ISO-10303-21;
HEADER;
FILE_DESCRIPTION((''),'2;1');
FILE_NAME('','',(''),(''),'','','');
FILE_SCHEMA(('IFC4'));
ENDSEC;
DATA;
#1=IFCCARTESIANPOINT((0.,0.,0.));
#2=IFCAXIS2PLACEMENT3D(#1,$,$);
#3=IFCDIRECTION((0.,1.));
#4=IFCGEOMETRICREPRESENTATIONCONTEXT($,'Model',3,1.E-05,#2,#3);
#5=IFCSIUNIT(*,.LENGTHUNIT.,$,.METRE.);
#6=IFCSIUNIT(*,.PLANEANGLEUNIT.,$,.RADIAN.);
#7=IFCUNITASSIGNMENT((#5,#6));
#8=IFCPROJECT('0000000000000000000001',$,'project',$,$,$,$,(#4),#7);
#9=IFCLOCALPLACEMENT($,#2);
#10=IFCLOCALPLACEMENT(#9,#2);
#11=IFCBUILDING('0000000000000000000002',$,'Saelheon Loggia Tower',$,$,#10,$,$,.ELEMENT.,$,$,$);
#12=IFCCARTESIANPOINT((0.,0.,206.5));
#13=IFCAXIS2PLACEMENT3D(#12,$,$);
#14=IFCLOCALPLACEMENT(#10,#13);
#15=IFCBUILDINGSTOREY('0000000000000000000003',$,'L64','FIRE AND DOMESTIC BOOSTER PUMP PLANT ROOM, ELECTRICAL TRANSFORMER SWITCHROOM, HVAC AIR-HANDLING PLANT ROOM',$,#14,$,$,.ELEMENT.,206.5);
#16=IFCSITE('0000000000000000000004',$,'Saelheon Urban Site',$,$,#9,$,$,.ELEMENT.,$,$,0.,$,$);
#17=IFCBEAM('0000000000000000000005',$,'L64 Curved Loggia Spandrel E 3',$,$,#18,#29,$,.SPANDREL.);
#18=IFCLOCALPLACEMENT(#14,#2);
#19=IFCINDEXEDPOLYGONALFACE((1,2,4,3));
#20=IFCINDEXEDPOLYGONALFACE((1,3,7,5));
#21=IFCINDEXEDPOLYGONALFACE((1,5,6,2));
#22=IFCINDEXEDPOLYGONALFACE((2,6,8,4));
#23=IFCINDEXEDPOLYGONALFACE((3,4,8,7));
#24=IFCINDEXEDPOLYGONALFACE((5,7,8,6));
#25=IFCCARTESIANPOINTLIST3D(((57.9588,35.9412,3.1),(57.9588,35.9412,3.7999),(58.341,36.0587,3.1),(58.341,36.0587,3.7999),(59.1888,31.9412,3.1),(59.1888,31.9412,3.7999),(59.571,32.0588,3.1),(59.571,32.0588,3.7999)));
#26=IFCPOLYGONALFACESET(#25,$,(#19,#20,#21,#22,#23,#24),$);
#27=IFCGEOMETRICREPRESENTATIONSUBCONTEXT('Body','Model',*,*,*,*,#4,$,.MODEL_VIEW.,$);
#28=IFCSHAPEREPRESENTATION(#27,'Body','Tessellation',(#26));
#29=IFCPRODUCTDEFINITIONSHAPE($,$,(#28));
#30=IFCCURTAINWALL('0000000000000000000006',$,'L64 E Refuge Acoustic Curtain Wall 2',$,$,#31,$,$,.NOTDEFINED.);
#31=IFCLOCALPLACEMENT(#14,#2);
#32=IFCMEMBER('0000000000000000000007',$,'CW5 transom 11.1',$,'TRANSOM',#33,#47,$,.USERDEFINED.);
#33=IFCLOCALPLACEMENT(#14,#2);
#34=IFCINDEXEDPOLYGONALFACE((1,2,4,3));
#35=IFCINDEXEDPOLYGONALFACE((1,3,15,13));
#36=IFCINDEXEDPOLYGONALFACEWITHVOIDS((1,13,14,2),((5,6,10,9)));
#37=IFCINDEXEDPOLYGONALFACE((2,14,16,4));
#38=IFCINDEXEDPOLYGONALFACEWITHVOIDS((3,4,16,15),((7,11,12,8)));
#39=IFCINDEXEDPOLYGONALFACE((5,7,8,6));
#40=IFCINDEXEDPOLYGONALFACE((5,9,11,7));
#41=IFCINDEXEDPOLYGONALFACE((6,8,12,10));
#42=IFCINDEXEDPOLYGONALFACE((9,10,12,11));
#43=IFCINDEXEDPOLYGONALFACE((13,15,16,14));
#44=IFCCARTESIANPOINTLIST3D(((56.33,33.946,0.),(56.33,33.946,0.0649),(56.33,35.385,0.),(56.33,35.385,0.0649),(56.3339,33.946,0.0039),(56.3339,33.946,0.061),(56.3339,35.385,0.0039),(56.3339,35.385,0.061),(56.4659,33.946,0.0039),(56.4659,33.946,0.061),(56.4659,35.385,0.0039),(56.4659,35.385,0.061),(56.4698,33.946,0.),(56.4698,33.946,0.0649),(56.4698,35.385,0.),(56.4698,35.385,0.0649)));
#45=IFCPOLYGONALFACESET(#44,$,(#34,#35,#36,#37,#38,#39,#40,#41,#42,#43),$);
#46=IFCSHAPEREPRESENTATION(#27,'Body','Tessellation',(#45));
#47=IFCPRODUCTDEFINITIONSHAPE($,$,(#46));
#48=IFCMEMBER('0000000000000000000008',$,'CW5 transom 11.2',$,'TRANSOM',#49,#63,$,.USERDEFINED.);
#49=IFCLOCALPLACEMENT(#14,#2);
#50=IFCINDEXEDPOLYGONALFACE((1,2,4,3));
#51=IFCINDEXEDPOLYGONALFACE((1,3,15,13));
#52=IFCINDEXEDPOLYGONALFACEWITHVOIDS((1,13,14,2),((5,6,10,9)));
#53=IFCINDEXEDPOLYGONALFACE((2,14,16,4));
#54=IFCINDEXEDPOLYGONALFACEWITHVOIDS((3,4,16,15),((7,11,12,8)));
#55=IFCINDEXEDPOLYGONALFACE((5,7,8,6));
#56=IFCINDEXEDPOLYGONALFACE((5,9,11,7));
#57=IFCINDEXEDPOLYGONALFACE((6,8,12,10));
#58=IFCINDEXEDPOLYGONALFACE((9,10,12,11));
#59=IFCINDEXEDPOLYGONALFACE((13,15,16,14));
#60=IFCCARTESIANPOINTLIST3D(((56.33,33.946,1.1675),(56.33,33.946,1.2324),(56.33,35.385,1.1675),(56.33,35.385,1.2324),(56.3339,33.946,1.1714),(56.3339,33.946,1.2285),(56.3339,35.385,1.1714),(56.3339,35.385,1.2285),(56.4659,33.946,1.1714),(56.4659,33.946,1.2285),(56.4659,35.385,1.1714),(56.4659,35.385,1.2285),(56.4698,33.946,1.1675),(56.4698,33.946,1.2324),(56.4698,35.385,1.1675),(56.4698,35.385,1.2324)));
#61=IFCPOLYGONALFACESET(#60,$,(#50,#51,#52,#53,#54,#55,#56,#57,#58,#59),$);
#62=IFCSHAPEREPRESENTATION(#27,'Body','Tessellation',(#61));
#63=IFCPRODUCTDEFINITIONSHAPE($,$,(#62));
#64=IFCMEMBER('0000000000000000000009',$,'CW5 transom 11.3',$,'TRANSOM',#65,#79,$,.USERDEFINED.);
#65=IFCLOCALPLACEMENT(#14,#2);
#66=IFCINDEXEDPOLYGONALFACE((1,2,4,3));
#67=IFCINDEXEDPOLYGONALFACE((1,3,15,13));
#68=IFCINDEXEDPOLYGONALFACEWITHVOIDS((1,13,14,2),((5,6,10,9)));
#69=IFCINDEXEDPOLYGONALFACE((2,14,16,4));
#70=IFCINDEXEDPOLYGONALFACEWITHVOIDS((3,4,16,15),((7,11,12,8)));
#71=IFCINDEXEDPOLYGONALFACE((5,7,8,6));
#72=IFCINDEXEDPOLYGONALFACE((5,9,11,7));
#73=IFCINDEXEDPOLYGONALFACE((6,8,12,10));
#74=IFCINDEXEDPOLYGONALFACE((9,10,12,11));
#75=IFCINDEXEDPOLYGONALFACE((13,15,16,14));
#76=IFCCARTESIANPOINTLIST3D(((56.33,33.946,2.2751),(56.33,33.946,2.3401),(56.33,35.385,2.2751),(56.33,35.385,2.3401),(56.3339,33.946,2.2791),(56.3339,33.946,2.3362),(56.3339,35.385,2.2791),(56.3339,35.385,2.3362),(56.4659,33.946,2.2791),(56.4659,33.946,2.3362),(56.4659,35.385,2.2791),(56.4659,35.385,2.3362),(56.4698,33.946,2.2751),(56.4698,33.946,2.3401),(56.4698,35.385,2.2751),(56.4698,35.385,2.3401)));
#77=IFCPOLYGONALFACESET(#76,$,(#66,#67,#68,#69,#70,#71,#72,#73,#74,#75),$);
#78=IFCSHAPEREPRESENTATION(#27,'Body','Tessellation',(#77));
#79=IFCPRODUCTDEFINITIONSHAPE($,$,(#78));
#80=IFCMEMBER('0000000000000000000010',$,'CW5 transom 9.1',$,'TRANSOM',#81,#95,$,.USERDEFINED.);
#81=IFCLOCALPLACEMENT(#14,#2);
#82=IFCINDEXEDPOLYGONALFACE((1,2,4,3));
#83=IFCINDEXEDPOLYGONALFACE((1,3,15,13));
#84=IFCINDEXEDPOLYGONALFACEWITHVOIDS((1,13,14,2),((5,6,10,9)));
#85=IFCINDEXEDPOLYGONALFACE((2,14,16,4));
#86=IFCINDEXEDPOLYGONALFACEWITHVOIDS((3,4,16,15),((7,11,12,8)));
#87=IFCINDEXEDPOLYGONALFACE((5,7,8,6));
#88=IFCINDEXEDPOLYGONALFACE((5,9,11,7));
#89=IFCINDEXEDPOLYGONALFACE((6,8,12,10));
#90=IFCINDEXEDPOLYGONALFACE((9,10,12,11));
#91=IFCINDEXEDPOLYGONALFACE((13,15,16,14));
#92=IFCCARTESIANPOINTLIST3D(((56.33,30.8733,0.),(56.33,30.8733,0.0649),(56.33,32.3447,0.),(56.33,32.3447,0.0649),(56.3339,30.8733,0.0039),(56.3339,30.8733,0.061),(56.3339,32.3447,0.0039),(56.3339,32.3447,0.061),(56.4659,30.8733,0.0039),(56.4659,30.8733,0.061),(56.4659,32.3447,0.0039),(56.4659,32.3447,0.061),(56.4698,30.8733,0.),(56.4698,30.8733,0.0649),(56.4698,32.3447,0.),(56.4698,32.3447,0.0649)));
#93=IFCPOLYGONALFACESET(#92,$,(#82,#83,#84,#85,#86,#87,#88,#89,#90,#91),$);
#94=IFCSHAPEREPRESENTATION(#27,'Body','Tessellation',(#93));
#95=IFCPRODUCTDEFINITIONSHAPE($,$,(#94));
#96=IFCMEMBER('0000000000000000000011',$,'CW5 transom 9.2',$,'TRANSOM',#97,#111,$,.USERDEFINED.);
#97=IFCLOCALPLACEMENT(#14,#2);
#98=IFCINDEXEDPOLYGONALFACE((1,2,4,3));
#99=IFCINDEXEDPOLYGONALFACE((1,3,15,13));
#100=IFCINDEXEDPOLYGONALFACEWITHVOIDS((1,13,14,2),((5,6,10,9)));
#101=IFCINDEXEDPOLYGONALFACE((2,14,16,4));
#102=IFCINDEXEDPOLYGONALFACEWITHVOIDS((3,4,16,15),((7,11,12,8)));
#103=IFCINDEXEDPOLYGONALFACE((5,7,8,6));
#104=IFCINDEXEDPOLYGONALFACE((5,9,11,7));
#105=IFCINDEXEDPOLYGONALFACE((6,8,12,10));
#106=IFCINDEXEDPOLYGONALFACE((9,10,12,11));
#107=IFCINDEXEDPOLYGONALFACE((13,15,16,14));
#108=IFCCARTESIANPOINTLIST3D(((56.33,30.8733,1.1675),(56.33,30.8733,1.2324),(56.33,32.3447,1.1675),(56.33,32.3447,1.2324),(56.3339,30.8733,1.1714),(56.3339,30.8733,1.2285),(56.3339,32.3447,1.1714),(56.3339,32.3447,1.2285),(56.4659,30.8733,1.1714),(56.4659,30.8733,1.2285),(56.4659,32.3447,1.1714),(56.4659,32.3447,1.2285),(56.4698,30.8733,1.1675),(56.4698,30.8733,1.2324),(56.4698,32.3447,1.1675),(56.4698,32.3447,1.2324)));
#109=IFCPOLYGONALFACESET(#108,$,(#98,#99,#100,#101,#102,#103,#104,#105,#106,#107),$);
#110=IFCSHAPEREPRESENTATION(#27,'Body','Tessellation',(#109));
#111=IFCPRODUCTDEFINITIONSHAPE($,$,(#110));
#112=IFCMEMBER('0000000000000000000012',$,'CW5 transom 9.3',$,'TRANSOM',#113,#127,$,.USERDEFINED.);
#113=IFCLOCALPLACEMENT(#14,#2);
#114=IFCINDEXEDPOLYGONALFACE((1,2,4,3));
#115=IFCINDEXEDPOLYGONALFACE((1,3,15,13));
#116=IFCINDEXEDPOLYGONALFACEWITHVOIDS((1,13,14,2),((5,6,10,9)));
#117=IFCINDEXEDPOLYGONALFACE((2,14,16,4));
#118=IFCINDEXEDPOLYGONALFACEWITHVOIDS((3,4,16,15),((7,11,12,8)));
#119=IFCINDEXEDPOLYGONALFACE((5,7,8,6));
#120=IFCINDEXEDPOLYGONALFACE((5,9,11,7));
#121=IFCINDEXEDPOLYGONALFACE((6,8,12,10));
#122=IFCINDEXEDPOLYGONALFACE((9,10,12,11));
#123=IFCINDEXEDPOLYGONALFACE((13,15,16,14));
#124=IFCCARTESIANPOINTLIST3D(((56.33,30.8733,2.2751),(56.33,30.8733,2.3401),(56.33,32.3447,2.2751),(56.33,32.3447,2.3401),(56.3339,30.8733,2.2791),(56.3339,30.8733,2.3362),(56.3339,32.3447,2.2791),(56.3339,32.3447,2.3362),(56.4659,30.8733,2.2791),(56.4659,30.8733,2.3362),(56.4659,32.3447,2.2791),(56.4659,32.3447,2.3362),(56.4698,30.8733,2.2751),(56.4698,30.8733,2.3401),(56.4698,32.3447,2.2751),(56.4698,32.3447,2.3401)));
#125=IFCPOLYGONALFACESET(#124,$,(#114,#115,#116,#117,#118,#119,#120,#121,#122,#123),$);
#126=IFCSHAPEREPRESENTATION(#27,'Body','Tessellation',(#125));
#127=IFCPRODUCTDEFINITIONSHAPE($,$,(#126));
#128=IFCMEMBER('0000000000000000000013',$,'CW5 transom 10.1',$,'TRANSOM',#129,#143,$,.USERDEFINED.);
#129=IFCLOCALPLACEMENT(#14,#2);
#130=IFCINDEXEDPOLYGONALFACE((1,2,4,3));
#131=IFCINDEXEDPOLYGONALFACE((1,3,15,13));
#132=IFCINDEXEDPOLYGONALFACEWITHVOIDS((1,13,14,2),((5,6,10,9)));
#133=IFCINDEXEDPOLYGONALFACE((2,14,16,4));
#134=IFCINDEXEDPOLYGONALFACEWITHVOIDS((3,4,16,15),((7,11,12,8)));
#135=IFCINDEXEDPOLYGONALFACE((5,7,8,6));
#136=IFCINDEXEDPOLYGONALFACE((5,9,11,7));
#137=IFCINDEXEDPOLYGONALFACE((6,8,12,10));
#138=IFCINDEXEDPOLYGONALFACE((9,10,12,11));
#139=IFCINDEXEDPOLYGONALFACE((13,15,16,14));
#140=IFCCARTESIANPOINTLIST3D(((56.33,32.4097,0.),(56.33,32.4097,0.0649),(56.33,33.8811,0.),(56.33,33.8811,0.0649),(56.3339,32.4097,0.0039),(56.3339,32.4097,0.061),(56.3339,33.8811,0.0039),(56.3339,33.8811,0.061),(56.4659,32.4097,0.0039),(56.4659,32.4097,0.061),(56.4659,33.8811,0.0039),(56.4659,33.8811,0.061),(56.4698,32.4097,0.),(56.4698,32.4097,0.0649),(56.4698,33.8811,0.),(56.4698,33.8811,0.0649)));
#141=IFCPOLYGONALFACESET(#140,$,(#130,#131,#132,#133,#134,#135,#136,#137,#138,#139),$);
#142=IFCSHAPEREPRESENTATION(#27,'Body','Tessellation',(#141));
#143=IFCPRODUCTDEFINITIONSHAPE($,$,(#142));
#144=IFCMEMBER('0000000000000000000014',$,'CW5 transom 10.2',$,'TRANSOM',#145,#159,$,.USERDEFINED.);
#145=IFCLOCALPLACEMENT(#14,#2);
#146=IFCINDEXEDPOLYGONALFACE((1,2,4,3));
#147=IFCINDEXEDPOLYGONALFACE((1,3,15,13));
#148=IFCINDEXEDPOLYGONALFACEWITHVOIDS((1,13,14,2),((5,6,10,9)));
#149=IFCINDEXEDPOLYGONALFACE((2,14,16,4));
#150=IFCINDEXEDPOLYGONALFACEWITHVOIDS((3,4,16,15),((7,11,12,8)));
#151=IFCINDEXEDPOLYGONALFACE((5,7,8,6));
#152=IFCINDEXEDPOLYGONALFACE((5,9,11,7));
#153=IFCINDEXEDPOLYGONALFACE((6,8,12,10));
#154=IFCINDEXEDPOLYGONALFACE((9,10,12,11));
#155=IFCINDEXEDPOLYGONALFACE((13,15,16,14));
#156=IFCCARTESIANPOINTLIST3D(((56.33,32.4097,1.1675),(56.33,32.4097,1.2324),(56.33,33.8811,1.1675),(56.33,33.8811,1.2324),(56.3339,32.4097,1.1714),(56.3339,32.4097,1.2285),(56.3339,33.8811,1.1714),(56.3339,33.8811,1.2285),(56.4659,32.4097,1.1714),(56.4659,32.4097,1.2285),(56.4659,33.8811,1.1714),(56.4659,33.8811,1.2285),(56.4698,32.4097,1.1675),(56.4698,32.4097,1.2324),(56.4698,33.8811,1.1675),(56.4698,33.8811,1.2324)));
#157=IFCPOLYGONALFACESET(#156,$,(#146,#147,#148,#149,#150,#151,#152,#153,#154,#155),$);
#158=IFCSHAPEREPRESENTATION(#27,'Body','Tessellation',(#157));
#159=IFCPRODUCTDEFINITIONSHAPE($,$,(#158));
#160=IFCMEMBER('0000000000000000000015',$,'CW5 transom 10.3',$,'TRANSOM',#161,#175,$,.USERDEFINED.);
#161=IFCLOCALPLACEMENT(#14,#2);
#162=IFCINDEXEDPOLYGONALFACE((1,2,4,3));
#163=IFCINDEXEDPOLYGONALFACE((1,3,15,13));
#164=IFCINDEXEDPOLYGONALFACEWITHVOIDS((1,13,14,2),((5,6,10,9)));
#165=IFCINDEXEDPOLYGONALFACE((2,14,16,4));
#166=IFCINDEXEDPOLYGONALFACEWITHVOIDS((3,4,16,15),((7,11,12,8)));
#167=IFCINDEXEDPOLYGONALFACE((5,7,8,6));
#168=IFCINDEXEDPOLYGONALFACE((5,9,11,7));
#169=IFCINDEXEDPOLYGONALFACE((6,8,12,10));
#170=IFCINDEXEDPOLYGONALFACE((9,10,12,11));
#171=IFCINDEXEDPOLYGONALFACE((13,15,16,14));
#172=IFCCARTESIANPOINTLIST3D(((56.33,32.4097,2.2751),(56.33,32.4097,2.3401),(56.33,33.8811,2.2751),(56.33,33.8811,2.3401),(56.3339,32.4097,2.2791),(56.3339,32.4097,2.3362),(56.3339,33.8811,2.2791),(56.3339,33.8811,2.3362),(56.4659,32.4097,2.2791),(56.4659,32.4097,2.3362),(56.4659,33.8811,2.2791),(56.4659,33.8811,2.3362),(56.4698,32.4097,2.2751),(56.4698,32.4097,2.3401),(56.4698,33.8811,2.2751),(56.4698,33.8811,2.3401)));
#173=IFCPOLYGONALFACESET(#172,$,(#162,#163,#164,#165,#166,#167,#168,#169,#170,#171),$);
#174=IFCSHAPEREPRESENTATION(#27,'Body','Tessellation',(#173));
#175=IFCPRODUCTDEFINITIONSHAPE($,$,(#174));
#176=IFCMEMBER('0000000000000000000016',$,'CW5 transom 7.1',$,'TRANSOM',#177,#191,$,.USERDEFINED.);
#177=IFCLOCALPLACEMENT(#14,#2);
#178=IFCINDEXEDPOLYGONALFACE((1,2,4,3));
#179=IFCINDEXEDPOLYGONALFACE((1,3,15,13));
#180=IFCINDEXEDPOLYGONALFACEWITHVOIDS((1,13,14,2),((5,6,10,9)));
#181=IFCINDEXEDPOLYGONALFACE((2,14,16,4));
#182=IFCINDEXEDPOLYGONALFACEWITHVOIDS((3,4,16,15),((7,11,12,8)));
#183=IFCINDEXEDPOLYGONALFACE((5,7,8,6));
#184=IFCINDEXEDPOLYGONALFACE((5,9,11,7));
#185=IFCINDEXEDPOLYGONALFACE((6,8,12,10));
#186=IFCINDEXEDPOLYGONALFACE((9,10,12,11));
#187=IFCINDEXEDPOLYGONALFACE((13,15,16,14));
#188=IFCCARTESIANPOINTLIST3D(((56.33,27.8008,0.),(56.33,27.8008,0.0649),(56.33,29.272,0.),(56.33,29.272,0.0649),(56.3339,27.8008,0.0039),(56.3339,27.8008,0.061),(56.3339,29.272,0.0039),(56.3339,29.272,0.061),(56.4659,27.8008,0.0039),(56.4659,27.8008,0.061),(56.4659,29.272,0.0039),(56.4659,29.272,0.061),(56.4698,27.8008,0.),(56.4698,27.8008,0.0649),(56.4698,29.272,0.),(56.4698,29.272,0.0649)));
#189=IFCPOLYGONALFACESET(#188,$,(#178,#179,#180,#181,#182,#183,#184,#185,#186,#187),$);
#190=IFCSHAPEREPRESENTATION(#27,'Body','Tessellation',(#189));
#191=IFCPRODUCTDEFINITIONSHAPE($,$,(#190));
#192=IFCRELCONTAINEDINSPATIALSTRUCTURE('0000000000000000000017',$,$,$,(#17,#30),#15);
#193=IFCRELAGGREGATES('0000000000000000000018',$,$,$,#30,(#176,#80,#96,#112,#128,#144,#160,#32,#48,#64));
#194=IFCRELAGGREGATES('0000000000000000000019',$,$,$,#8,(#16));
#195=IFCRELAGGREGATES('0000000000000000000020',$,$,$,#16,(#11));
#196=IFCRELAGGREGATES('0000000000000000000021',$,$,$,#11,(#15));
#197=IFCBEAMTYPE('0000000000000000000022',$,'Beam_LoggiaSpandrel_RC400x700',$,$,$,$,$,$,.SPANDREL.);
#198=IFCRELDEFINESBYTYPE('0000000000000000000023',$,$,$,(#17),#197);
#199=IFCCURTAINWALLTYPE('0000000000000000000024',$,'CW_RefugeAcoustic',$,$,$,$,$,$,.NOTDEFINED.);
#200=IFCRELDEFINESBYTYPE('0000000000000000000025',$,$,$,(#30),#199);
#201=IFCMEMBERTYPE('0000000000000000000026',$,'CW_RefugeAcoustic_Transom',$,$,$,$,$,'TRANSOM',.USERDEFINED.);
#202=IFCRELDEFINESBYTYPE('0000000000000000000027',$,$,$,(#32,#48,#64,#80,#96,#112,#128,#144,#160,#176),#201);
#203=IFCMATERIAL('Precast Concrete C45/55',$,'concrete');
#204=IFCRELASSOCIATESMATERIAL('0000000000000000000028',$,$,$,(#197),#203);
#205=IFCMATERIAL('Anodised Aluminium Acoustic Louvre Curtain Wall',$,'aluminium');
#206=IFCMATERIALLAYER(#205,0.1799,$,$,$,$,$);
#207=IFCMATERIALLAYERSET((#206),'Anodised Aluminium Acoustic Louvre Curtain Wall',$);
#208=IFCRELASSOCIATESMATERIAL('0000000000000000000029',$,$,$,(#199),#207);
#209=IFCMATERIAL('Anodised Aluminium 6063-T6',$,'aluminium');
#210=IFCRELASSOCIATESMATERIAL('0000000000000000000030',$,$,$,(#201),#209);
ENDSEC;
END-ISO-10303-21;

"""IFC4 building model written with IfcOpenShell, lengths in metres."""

from ifc_helpers import new_model, si_unit, direction, frame, origin, origin_2d, place, context, subcontext, project, spatial, rectangle, hollow_rectangle, extrude, source, transform, mapped, material, layer, layer_set, material_profile, profile_set, type_object, element, aggregate, save


model = new_model("IFC4")

# Units and contexts
model_context = context("Model", 3, precision=1e-05, world=origin(), true_north=direction((0.0, 1.0)))
body_context = subcontext(model_context, "Body", "Model", "MODEL_VIEW")
ifc_project = project(units=[si_unit("LENGTHUNIT", "METRE"), si_unit("PLANEANGLEUNIT", "RADIAN")], contexts=[model_context])

# Site, building, storey
site_placement = place(None, origin())
site = spatial("IfcSite", under=ifc_project, at=site_placement, Name="Saelheon Urban Site", CompositionType="ELEMENT", RefElevation=0.0)
building_placement = place(site_placement, origin())
building = spatial("IfcBuilding", under=site, at=building_placement, Name="Saelheon Loggia Tower", CompositionType="ELEMENT")
storey_placement = place(building_placement, frame((0.0, 0.0, 206.5)))
storey = spatial("IfcBuildingStorey", under=building, at=storey_placement, Name="L64", Description="FIRE AND DOMESTIC BOOSTER PUMP PLANT ROOM, ELECTRICAL TRANSFORMER SWITCHROOM, HVAC AIR-HANDLING PLANT ROOM", CompositionType="ELEMENT", Elevation=206.5)

# Beam
ifc_material_1 = material(Name="Precast Concrete C45/55", Category="concrete")
ifc_material_profile_1 = material_profile(ifc_material_1, rectangle(XDim=0.3999, YDim=0.7, at=origin_2d()), Name="RC-400x700")
ifc_profile_set_1 = profile_set([ifc_material_profile_1], Name="Precast Concrete C45/55")
beam_type = type_object("IfcBeamType", Name="Beam_LoggiaSpandrel_RC400x700", PredefinedType="SPANDREL", material=ifc_profile_set_1)
shared_shape_1 = source(origin(), body_context, "Body", "SweptSolid", [
    extrude(rectangle(XDim=0.3999, YDim=0.7, at=origin_2d()), origin(), (0.0, 0.0, 1.0), 4.1848),
])
beam_placement = place(storey_placement, frame((59.3799, 32.0, 3.45), z_axis=(-0.293914, 0.955832, 0.0), x_axis=(-0.955832, -0.293914, 0.0)))
element("IfcBeam", 1, at=beam_placement, inside=storey, type_object=beam_type, Name="L64 Curved Loggia Spandrel E 3", PredefinedType="SPANDREL", context=body_context, shape_type="MappedRepresentation", body=[
    mapped(shared_shape_1, transform((0.0, 0.0, 0.0), scale=1.0)),
])

# Curtain wall, members
ifc_material_2 = material(Name="Anodised Aluminium Acoustic Louvre Curtain Wall", Category="aluminium")
ifc_layer_1 = layer(ifc_material_2, 0.1799)
ifc_layer_set_1 = layer_set([ifc_layer_1], Name="Anodised Aluminium Acoustic Louvre Curtain Wall")
curtain_wall_type = type_object("IfcCurtainWallType", Name="CW_RefugeAcoustic", PredefinedType="NOTDEFINED", material=ifc_layer_set_1)
curtain_wall_placement = place(storey_placement, origin())
curtain_wall = element("IfcCurtainWall", 2, at=curtain_wall_placement, inside=storey, type_object=curtain_wall_type, Name="L64 E Refuge Acoustic Curtain Wall 2", PredefinedType="NOTDEFINED")
ifc_material_3 = material(Name="Anodised Aluminium 6063-T6", Category="aluminium")
ifc_material_profile_2 = material_profile(ifc_material_3, hollow_rectangle(XDim=0.0649, YDim=0.1399, WallThickness=0.0039, at=origin_2d()), Name="RHS-140x65x4")
ifc_profile_set_2 = profile_set([ifc_material_profile_2], Name="Anodised Aluminium 6063-T6")
member_type_1 = type_object("IfcMemberType", Name="CW_RefugeAcoustic_Transom", ElementType="TRANSOM", PredefinedType="USERDEFINED", material=ifc_profile_set_2)
shared_shape_2 = source(origin(), body_context, "Body", "SweptSolid", [
    extrude(hollow_rectangle(XDim=0.0649, YDim=0.1399, WallThickness=0.0039, at=origin_2d()), origin(), (0.0, 0.0, 1.0), 1.439),
])
member_1_placement = place(storey_placement, frame((56.3999, 33.946, 0.0325), z_axis=(0.0, 1.0, 0.0), x_axis=(0.0, 0.0, 1.0)))
member_1 = element("IfcMember", 3, at=member_1_placement, type_object=member_type_1, Name="CW5 transom 11.1", ObjectType="TRANSOM", PredefinedType="USERDEFINED", context=body_context, shape_type="MappedRepresentation", body=[
    mapped(shared_shape_2, transform((0.0, 0.0, 0.0), scale=1.0)),
])
member_2_placement = place(storey_placement, frame((56.3999, 33.946, 1.2), z_axis=(0.0, 1.0, 0.0), x_axis=(0.0, 0.0, 1.0)))
member_2 = element("IfcMember", 4, at=member_2_placement, type_object=member_type_1, Name="CW5 transom 11.2", ObjectType="TRANSOM", PredefinedType="USERDEFINED", context=body_context, shape_type="MappedRepresentation", body=[
    mapped(shared_shape_2, transform((0.0, 0.0, 0.0), scale=1.0)),
])
member_3_placement = place(storey_placement, frame((56.3999, 33.946, 2.3076), z_axis=(0.0, 1.0, 0.0), x_axis=(0.0, 0.0, 1.0)))
member_3 = element("IfcMember", 5, at=member_3_placement, type_object=member_type_1, Name="CW5 transom 11.3", ObjectType="TRANSOM", PredefinedType="USERDEFINED", context=body_context, shape_type="MappedRepresentation", body=[
    mapped(shared_shape_2, transform((0.0, 0.0, 0.0), scale=1.0)),
])
shared_shape_3 = source(origin(), body_context, "Body", "SweptSolid", [
    extrude(hollow_rectangle(XDim=0.0649, YDim=0.1399, WallThickness=0.0039, at=origin_2d()), origin(), (0.0, 0.0, 1.0), 1.4714),
])
member_4_placement = place(storey_placement, frame((56.3999, 30.8733, 0.0325), z_axis=(0.0, 1.0, 0.0), x_axis=(0.0, 0.0, 1.0)))
member_4 = element("IfcMember", 6, at=member_4_placement, type_object=member_type_1, Name="CW5 transom 9.1", ObjectType="TRANSOM", PredefinedType="USERDEFINED", context=body_context, shape_type="MappedRepresentation", body=[
    mapped(shared_shape_3, transform((0.0, 0.0, 0.0), scale=1.0)),
])
member_5_placement = place(storey_placement, frame((56.3999, 30.8733, 1.2), z_axis=(0.0, 1.0, 0.0), x_axis=(0.0, 0.0, 1.0)))
member_5 = element("IfcMember", 7, at=member_5_placement, type_object=member_type_1, Name="CW5 transom 9.2", ObjectType="TRANSOM", PredefinedType="USERDEFINED", context=body_context, shape_type="MappedRepresentation", body=[
    mapped(shared_shape_3, transform((0.0, 0.0, 0.0), scale=1.0)),
])
member_6_placement = place(storey_placement, frame((56.3999, 30.8733, 2.3076), z_axis=(0.0, 1.0, 0.0), x_axis=(0.0, 0.0, 1.0)))
member_6 = element("IfcMember", 8, at=member_6_placement, type_object=member_type_1, Name="CW5 transom 9.3", ObjectType="TRANSOM", PredefinedType="USERDEFINED", context=body_context, shape_type="MappedRepresentation", body=[
    mapped(shared_shape_3, transform((0.0, 0.0, 0.0), scale=1.0)),
])
member_7_placement = place(storey_placement, frame((56.3999, 32.4097, 0.0325), z_axis=(0.0, 1.0, 0.0), x_axis=(0.0, 0.0, 1.0)))
member_7 = element("IfcMember", 9, at=member_7_placement, type_object=member_type_1, Name="CW5 transom 10.1", ObjectType="TRANSOM", PredefinedType="USERDEFINED", context=body_context, shape_type="MappedRepresentation", body=[
    mapped(shared_shape_3, transform((0.0, 0.0, 0.0), scale=1.0)),
])
member_8_placement = place(storey_placement, frame((56.3999, 32.4097, 1.2), z_axis=(0.0, 1.0, 0.0), x_axis=(0.0, 0.0, 1.0)))
member_8 = element("IfcMember", 10, at=member_8_placement, type_object=member_type_1, Name="CW5 transom 10.2", ObjectType="TRANSOM", PredefinedType="USERDEFINED", context=body_context, shape_type="MappedRepresentation", body=[
    mapped(shared_shape_3, transform((0.0, 0.0, 0.0), scale=1.0)),
])
member_9_placement = place(storey_placement, frame((56.3999, 32.4097, 2.3076), z_axis=(0.0, 1.0, 0.0), x_axis=(0.0, 0.0, 1.0)))
member_9 = element("IfcMember", 11, at=member_9_placement, type_object=member_type_1, Name="CW5 transom 10.3", ObjectType="TRANSOM", PredefinedType="USERDEFINED", context=body_context, shape_type="MappedRepresentation", body=[
    mapped(shared_shape_3, transform((0.0, 0.0, 0.0), scale=1.0)),
])
shared_shape_4 = source(origin(), body_context, "Body", "SweptSolid", [
    extrude(hollow_rectangle(XDim=0.0649, YDim=0.1399, WallThickness=0.0039, at=origin_2d()), origin(), (0.0, 0.0, 1.0), 1.4712),
])
member_10_placement = place(storey_placement, frame((56.3999, 27.8008, 0.0325), z_axis=(0.0, 1.0, 0.0), x_axis=(0.0, 0.0, 1.0)))
member_10 = element("IfcMember", 12, at=member_10_placement, type_object=member_type_1, Name="CW5 transom 7.1", ObjectType="TRANSOM", PredefinedType="USERDEFINED", context=body_context, shape_type="MappedRepresentation", body=[
    mapped(shared_shape_4, transform((0.0, 0.0, 0.0), scale=1.0)),
])
aggregate(curtain_wall, [member_10, member_4, member_5, member_6, member_7, member_8, member_9, member_1, member_2, member_3])

save(model, "model.ifc")
